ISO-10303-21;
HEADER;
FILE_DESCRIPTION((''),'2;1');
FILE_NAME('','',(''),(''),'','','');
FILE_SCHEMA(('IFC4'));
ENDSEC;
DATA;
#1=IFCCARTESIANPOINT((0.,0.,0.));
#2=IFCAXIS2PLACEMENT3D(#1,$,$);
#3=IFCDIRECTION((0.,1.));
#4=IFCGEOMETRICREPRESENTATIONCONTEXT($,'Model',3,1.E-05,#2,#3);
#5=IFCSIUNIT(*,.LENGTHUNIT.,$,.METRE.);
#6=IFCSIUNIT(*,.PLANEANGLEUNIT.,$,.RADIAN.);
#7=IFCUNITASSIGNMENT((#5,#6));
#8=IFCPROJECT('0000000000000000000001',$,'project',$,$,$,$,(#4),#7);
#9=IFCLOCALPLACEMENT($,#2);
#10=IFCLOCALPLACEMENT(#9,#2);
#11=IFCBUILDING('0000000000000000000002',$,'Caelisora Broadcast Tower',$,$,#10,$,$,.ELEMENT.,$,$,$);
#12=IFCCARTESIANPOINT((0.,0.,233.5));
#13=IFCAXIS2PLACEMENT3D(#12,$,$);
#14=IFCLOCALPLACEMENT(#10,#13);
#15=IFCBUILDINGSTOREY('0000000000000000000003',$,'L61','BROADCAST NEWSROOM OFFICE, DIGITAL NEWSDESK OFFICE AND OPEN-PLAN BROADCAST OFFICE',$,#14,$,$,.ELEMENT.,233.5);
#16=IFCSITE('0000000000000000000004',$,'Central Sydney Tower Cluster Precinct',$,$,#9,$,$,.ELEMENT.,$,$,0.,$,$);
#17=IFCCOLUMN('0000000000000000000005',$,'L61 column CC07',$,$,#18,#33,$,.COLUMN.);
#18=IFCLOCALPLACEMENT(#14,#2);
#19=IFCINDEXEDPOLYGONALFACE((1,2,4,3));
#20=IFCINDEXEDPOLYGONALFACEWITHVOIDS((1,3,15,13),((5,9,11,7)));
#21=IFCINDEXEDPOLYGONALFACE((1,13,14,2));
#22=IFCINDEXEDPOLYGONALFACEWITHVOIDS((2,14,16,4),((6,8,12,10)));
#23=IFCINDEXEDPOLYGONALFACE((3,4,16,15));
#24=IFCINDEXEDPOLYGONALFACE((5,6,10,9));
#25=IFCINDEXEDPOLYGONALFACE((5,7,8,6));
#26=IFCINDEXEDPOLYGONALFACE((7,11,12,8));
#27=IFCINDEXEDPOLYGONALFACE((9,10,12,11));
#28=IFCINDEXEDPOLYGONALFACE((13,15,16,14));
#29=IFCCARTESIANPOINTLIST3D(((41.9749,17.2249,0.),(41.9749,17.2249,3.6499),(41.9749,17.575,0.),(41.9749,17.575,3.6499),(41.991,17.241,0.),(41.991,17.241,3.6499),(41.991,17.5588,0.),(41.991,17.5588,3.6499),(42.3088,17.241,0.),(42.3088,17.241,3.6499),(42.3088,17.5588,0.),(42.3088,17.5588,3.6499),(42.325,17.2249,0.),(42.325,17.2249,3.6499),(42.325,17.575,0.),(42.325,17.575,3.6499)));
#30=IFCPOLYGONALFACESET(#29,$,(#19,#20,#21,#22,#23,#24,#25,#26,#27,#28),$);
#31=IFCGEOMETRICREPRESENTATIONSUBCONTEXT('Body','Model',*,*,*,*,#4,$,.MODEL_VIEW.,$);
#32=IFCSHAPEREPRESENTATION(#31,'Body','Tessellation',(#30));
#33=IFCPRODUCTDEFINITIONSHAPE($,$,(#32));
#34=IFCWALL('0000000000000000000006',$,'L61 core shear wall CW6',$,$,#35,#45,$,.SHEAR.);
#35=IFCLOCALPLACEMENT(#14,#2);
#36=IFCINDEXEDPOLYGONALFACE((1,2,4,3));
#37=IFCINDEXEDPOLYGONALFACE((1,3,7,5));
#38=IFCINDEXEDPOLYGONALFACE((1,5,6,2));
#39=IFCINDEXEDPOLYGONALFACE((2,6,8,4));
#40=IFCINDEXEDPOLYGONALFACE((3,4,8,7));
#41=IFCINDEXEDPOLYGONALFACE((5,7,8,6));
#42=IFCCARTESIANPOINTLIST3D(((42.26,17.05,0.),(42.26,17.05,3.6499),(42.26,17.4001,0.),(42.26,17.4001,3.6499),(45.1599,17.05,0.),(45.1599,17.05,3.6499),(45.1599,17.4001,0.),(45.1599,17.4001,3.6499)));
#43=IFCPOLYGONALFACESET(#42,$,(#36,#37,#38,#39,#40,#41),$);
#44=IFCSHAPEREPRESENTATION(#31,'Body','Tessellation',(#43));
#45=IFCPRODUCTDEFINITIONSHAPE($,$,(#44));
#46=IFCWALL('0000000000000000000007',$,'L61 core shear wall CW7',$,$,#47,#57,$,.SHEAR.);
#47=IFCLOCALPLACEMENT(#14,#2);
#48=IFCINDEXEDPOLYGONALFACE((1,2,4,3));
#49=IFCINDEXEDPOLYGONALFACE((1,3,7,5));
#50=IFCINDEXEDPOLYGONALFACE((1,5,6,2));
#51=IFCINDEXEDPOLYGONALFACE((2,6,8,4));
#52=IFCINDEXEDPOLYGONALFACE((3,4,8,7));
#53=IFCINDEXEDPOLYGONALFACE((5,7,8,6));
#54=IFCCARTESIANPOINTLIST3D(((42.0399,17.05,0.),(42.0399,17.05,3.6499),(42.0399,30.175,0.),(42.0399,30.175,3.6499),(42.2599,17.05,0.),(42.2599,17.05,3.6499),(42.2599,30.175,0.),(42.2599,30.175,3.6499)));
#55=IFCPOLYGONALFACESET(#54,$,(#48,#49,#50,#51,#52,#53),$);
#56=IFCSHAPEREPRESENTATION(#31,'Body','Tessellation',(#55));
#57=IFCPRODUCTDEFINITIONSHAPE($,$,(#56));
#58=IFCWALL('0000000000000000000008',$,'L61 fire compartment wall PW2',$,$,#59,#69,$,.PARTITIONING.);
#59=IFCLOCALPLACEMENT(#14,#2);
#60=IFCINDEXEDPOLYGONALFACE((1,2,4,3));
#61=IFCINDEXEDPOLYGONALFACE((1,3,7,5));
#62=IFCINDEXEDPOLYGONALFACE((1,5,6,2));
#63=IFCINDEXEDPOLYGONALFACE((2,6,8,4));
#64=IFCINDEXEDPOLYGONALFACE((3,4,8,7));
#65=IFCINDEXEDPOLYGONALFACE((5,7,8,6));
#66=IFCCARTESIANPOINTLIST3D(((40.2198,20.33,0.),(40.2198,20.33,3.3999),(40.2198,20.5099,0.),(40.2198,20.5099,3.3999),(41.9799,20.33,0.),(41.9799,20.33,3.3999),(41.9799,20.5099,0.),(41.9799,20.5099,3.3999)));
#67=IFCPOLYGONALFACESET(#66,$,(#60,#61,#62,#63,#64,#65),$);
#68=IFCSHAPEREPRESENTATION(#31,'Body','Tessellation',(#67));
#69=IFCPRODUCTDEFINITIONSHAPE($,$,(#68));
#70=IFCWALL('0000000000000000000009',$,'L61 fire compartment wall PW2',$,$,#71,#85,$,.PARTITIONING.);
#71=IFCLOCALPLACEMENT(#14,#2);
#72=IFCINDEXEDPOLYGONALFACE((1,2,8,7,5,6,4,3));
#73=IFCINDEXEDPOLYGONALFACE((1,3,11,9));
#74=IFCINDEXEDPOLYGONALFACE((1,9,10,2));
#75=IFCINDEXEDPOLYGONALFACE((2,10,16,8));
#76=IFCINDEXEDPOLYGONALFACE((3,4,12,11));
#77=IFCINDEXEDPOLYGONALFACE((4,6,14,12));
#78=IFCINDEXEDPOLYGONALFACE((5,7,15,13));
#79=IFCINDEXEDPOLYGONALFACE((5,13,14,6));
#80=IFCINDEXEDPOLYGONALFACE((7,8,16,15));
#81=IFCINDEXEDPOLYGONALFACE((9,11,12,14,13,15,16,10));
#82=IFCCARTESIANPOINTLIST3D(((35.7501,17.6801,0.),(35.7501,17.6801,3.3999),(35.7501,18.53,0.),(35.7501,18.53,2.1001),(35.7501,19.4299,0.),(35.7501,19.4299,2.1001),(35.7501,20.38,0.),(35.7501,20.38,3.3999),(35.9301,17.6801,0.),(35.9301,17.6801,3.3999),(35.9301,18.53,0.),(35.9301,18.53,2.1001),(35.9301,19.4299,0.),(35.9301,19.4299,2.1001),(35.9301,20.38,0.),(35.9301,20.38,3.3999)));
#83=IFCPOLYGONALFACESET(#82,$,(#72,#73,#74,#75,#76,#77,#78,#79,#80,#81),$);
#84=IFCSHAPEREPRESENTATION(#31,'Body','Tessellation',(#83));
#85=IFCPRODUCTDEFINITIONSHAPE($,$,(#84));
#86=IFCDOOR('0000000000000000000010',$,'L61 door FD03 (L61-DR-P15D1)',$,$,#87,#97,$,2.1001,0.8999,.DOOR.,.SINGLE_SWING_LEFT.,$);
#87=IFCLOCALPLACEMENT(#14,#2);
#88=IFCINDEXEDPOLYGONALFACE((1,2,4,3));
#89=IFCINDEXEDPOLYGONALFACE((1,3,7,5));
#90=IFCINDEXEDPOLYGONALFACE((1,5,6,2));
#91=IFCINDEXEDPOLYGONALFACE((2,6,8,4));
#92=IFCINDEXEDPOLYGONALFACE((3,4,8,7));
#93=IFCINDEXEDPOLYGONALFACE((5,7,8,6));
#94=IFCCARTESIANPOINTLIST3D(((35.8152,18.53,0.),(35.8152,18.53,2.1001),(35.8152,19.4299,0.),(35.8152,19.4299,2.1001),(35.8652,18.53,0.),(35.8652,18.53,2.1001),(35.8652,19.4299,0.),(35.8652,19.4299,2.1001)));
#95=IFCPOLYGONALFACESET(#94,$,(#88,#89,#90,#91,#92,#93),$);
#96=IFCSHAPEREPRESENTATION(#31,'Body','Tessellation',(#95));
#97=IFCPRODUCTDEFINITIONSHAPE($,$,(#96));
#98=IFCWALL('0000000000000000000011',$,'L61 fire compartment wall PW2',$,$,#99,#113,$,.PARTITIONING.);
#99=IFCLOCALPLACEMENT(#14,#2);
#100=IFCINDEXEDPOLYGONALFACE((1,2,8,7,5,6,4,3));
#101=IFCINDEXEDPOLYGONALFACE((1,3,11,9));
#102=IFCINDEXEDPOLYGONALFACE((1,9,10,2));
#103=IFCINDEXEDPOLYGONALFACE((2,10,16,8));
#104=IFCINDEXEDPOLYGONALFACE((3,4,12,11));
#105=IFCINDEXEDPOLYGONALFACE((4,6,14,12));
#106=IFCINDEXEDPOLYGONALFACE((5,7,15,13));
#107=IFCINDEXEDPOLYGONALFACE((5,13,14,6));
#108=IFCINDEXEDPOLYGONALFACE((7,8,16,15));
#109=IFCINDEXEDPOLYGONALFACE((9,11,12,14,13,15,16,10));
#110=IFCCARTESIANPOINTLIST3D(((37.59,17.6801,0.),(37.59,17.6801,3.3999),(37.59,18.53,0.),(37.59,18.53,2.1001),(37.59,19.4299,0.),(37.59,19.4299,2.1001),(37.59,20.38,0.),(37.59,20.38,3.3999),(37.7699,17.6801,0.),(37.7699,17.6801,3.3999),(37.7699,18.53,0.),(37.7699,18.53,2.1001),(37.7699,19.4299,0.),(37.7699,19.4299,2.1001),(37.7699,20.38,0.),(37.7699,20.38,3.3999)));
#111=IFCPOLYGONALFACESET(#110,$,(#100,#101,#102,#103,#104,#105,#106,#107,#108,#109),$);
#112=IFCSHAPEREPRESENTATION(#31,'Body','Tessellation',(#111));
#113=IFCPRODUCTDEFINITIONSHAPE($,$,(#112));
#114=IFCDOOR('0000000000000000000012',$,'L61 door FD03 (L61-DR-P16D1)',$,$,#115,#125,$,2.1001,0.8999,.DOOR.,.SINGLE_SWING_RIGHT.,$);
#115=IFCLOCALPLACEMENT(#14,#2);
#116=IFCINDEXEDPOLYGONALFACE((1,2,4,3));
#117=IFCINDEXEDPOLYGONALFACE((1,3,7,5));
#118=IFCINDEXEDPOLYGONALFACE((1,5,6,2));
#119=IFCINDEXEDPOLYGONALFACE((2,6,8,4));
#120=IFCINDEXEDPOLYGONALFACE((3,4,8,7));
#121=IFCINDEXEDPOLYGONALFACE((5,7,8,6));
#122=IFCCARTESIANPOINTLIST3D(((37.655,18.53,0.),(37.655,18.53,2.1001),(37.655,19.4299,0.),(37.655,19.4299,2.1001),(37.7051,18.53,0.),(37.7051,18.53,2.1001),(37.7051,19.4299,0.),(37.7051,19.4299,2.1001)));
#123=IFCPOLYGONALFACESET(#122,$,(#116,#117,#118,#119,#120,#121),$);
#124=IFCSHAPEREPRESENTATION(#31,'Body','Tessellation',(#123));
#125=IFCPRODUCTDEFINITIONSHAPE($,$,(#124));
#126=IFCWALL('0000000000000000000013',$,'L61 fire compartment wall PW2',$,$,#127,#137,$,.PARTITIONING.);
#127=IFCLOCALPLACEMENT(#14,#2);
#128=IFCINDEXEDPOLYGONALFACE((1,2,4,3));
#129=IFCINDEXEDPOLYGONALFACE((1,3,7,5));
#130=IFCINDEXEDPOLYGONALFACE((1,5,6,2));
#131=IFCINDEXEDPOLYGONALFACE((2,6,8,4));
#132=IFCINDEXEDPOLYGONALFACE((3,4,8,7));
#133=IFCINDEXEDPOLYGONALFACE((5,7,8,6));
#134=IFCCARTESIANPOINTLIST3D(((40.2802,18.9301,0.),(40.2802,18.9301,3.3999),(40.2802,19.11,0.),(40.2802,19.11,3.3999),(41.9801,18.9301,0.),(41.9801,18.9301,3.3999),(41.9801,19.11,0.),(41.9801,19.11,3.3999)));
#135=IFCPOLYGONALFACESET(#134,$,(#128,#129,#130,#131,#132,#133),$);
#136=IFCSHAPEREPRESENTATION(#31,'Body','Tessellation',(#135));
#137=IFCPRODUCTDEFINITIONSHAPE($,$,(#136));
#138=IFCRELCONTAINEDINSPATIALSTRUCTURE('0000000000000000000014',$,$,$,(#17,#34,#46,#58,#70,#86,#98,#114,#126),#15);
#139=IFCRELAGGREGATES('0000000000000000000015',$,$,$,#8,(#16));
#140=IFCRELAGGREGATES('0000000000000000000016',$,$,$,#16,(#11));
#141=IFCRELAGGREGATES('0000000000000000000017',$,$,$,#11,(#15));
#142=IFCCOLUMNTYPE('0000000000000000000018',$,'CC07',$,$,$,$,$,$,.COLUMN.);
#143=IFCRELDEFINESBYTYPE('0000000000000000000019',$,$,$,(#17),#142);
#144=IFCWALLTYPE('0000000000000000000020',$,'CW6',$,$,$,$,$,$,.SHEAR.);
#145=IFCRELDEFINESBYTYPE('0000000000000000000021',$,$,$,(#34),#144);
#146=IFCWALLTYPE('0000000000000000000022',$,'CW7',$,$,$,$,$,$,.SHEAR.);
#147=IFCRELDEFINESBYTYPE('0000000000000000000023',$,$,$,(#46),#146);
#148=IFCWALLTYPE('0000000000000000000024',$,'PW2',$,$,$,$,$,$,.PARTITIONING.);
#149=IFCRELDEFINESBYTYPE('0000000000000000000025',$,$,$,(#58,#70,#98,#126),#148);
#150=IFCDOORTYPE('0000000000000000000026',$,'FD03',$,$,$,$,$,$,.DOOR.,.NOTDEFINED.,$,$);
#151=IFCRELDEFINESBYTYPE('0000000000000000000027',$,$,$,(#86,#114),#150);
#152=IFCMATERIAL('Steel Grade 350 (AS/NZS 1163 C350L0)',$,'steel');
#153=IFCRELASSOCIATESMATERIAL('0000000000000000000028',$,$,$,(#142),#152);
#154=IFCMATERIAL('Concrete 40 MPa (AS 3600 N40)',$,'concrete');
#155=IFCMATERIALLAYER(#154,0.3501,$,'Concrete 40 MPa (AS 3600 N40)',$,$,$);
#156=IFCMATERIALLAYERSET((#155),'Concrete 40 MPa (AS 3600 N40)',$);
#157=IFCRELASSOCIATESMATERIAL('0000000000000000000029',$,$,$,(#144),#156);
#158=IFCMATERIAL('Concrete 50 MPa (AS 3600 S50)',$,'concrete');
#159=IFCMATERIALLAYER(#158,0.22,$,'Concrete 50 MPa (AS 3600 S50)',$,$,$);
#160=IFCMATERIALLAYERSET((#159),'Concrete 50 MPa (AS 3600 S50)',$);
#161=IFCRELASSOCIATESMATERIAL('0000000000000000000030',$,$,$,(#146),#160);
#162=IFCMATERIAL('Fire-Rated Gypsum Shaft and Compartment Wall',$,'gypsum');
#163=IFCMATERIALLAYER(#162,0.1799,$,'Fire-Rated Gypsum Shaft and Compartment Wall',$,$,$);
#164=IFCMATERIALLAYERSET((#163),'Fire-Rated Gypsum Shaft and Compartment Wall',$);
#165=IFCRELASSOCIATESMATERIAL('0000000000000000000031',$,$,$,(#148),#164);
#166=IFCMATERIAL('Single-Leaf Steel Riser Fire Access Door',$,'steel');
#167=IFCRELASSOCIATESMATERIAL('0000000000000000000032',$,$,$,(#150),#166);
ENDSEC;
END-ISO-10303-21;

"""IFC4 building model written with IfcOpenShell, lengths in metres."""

from ifc_helpers import new_model, si_unit, direction, frame, frame_2d, origin, origin_2d, place, context, subcontext, project, spatial, rectangle, hollow_rectangle, extrude, source, transform, mapped, material, layer, layer_set, material_profile, profile_set, type_object, type_shapes, element, fill, save


model = new_model("IFC4")

# Units and contexts
model_context = context("Model", 3, precision=1e-05, world=origin(), true_north=direction((0.0, 1.0)))
body_context = subcontext(model_context, "Body", "Model", "MODEL_VIEW")
ifc_project = project(units=[si_unit("LENGTHUNIT", "METRE"), si_unit("PLANEANGLEUNIT", "RADIAN")], contexts=[model_context])

# Site, building, storey
site_placement = place(None, origin())
site = spatial("IfcSite", under=ifc_project, at=site_placement, Name="Central Sydney Tower Cluster Precinct", CompositionType="ELEMENT", RefElevation=0.0)
building_placement = place(site_placement, origin())
building = spatial("IfcBuilding", under=site, at=building_placement, Name="Caelisora Broadcast Tower", CompositionType="ELEMENT")
storey_placement = place(building_placement, frame((0.0, 0.0, 233.5)))
storey = spatial("IfcBuildingStorey", under=building, at=storey_placement, Name="L61", Description="BROADCAST NEWSROOM OFFICE, DIGITAL NEWSDESK OFFICE AND OPEN-PLAN BROADCAST OFFICE", CompositionType="ELEMENT", Elevation=233.5)

# Column
ifc_material_1 = material(Name="Steel Grade 350 (AS/NZS 1163 C350L0)", Category="steel")
ifc_material_profile = material_profile(ifc_material_1, hollow_rectangle(XDim=0.3501, YDim=0.3501, WallThickness=0.0161, at=origin_2d()), Name="Steel Grade 350 (AS/NZS 1163 C350L0)")
ifc_profile_set = profile_set([ifc_material_profile], Name="Steel Grade 350 (AS/NZS 1163 C350L0)")
column_type = type_object("IfcColumnType", Name="CC07", PredefinedType="COLUMN", material=ifc_profile_set)
shared_shape = source(origin(), body_context, "Body", "SweptSolid", [
    extrude(hollow_rectangle(XDim=0.3501, YDim=0.3501, WallThickness=0.0161, at=origin_2d()), origin(), (0.0, 0.0, 1.0), 3.6499),
])
type_shapes(column_type, [shared_shape])
column_placement = place(storey_placement, frame((42.1499, 17.3999, 0.0), z_axis=(0.0, 0.0, 1.0), x_axis=(1.0, 0.0, 0.0)))
element("IfcColumn", 1, at=column_placement, inside=storey, type_object=column_type, Name="L61 column CC07", PredefinedType="COLUMN", context=body_context, shape_type="MappedRepresentation", body=[
    mapped(shared_shape, transform((0.0, 0.0, 0.0), scale=1.0)),
])

# Walls
ifc_material_2 = material(Name="Concrete 40 MPa (AS 3600 N40)", Category="concrete")
ifc_layer_1 = layer(ifc_material_2, 0.3501, Name="Concrete 40 MPa (AS 3600 N40)")
ifc_layer_set_1 = layer_set([ifc_layer_1], Name="Concrete 40 MPa (AS 3600 N40)")
wall_type_1 = type_object("IfcWallType", Name="CW6", PredefinedType="SHEAR", material=ifc_layer_set_1)
wall_1_placement = place(storey_placement, frame((42.26, 17.2251, 0.0), z_axis=(0.0, 0.0, 1.0), x_axis=(1.0, 0.0, 0.0)))
element("IfcWall", 2, at=wall_1_placement, inside=storey, type_object=wall_type_1, Name="L61 core shear wall CW6", PredefinedType="SHEAR", context=body_context, shape_type="SweptSolid", body=[
    extrude(rectangle(XDim=2.8999, YDim=0.3501, at=frame_2d((1.45, 0.0))), origin(), (0.0, 0.0, 1.0), 3.6499),
])
ifc_material_3 = material(Name="Concrete 50 MPa (AS 3600 S50)", Category="concrete")
ifc_layer_2 = layer(ifc_material_3, 0.22, Name="Concrete 50 MPa (AS 3600 S50)")
ifc_layer_set_2 = layer_set([ifc_layer_2], Name="Concrete 50 MPa (AS 3600 S50)")
wall_type_2 = type_object("IfcWallType", Name="CW7", PredefinedType="SHEAR", material=ifc_layer_set_2)
wall_2_placement = place(storey_placement, frame((42.1499, 17.05, 0.0), z_axis=(0.0, 0.0, 1.0), x_axis=(0.0, 1.0, 0.0)))
element("IfcWall", 3, at=wall_2_placement, inside=storey, type_object=wall_type_2, Name="L61 core shear wall CW7", PredefinedType="SHEAR", context=body_context, shape_type="SweptSolid", body=[
    extrude(rectangle(XDim=13.125, YDim=0.22, at=frame_2d((6.5625, 0.0))), origin(), (0.0, 0.0, 1.0), 3.6499),
])
ifc_material_4 = material(Name="Fire-Rated Gypsum Shaft and Compartment Wall", Category="gypsum")
ifc_layer_3 = layer(ifc_material_4, 0.1799, Name="Fire-Rated Gypsum Shaft and Compartment Wall")
ifc_layer_set_3 = layer_set([ifc_layer_3], Name="Fire-Rated Gypsum Shaft and Compartment Wall")
wall_type_3 = type_object("IfcWallType", Name="PW2", PredefinedType="PARTITIONING", material=ifc_layer_set_3)
wall_3_placement = place(storey_placement, frame((40.22, 20.4199, 0.0), z_axis=(0.0, 0.0, 1.0), x_axis=(1.0, 0.0, 0.0)))
element("IfcWall", 4, at=wall_3_placement, inside=storey, type_object=wall_type_3, Name="L61 fire compartment wall PW2", PredefinedType="PARTITIONING", context=body_context, shape_type="SweptSolid", body=[
    extrude(rectangle(XDim=1.76, YDim=0.1799, at=frame_2d((0.8799, 0.0))), origin(), (0.0, 0.0, 1.0), 3.3999),
])

# Walls, openings, doors
wall_4_placement = place(storey_placement, frame((35.8401, 17.6799, 0.0), z_axis=(0.0, 0.0, 1.0), x_axis=(0.0, 1.0, 0.0)))
wall_4 = element("IfcWall", 5, at=wall_4_placement, inside=storey, type_object=wall_type_3, Name="L61 fire compartment wall PW2", PredefinedType="PARTITIONING", context=body_context, shape_type="SweptSolid", body=[
    extrude(rectangle(XDim=2.7, YDim=0.1799, at=frame_2d((1.3501, 0.0))), origin(), (0.0, 0.0, 1.0), 3.3999),
])
opening_1_placement = place(wall_4_placement, frame((0.8501, 0.0, 0.0)))
opening_1 = element("IfcOpeningElement", 6, at=opening_1_placement, cuts=wall_4, PredefinedType="OPENING", context=body_context, shape_type="SweptSolid", body=[
    extrude(rectangle(XDim=0.8999, YDim=2.1001, at=frame_2d((0.45, 1.05))), frame((0.0, 0.1021, 0.0), z_axis=(0.0, -1.0, 0.0), x_axis=(1.0, 0.0, 0.0)), (0.0, 0.0, 1.0), 0.2039),
])
ifc_material_5 = material(Name="Single-Leaf Steel Riser Fire Access Door", Category="steel")
door_type_1 = type_object("IfcDoorType", Name="FD03", OperationType="NOTDEFINED", PredefinedType="DOOR", material=ifc_material_5)
door_1_placement = place(opening_1_placement, origin())
door_1 = element("IfcDoor", 7, at=door_1_placement, inside=storey, type_object=door_type_1, Name="L61 door FD03 (L61-DR-P15D1)", OperationType="SINGLE_SWING_LEFT", OverallHeight=2.1001, OverallWidth=0.8999, PredefinedType="DOOR", context=body_context, shape_type="SweptSolid", body=[
    extrude(rectangle(XDim=0.8999, YDim=2.1001, at=frame_2d((0.45, 1.05))), frame((0.0, 0.0249, 0.0), z_axis=(0.0, -1.0, 0.0), x_axis=(1.0, 0.0, 0.0)), (0.0, 0.0, 1.0), 0.05),
])
fill(opening_1, door_1)
wall_5_placement = place(storey_placement, frame((37.6799, 17.6799, 0.0), z_axis=(0.0, 0.0, 1.0), x_axis=(0.0, 1.0, 0.0)))
wall_5 = element("IfcWall", 8, at=wall_5_placement, inside=storey, type_object=wall_type_3, Name="L61 fire compartment wall PW2", PredefinedType="PARTITIONING", context=body_context, shape_type="SweptSolid", body=[
    extrude(rectangle(XDim=2.7, YDim=0.1799, at=frame_2d((1.3501, 0.0))), origin(), (0.0, 0.0, 1.0), 3.3999),
])
opening_2_placement = place(wall_5_placement, frame((0.8501, 0.0, 0.0)))
opening_2 = element("IfcOpeningElement", 9, at=opening_2_placement, cuts=wall_5, PredefinedType="OPENING", context=body_context, shape_type="SweptSolid", body=[
    extrude(rectangle(XDim=0.8999, YDim=2.1001, at=frame_2d((0.45, 1.05))), frame((0.0, 0.1021, 0.0), z_axis=(0.0, -1.0, 0.0), x_axis=(1.0, 0.0, 0.0)), (0.0, 0.0, 1.0), 0.2039),
])
door_2_placement = place(opening_2_placement, origin())
door_2 = element("IfcDoor", 10, at=door_2_placement, inside=storey, type_object=door_type_1, Name="L61 door FD03 (L61-DR-P16D1)", OperationType="SINGLE_SWING_RIGHT", OverallHeight=2.1001, OverallWidth=0.8999, PredefinedType="DOOR", context=body_context, shape_type="SweptSolid", body=[
    extrude(rectangle(XDim=0.8999, YDim=2.1001, at=frame_2d((0.45, 1.05))), frame((0.0, 0.0249, 0.0), z_axis=(0.0, -1.0, 0.0), x_axis=(1.0, 0.0, 0.0)), (0.0, 0.0, 1.0), 0.05),
])
fill(opening_2, door_2)

# Wall
wall_6_placement = place(storey_placement, frame((40.28, 19.02, 0.0), z_axis=(0.0, 0.0, 1.0), x_axis=(1.0, 0.0, 0.0)))
element("IfcWall", 11, at=wall_6_placement, inside=storey, type_object=wall_type_3, Name="L61 fire compartment wall PW2", PredefinedType="PARTITIONING", context=body_context, shape_type="SweptSolid", body=[
    extrude(rectangle(XDim=1.7, YDim=0.1799, at=frame_2d((0.8501, 0.0))), origin(), (0.0, 0.0, 1.0), 3.3999),
])

save(model, "model.ifc")
